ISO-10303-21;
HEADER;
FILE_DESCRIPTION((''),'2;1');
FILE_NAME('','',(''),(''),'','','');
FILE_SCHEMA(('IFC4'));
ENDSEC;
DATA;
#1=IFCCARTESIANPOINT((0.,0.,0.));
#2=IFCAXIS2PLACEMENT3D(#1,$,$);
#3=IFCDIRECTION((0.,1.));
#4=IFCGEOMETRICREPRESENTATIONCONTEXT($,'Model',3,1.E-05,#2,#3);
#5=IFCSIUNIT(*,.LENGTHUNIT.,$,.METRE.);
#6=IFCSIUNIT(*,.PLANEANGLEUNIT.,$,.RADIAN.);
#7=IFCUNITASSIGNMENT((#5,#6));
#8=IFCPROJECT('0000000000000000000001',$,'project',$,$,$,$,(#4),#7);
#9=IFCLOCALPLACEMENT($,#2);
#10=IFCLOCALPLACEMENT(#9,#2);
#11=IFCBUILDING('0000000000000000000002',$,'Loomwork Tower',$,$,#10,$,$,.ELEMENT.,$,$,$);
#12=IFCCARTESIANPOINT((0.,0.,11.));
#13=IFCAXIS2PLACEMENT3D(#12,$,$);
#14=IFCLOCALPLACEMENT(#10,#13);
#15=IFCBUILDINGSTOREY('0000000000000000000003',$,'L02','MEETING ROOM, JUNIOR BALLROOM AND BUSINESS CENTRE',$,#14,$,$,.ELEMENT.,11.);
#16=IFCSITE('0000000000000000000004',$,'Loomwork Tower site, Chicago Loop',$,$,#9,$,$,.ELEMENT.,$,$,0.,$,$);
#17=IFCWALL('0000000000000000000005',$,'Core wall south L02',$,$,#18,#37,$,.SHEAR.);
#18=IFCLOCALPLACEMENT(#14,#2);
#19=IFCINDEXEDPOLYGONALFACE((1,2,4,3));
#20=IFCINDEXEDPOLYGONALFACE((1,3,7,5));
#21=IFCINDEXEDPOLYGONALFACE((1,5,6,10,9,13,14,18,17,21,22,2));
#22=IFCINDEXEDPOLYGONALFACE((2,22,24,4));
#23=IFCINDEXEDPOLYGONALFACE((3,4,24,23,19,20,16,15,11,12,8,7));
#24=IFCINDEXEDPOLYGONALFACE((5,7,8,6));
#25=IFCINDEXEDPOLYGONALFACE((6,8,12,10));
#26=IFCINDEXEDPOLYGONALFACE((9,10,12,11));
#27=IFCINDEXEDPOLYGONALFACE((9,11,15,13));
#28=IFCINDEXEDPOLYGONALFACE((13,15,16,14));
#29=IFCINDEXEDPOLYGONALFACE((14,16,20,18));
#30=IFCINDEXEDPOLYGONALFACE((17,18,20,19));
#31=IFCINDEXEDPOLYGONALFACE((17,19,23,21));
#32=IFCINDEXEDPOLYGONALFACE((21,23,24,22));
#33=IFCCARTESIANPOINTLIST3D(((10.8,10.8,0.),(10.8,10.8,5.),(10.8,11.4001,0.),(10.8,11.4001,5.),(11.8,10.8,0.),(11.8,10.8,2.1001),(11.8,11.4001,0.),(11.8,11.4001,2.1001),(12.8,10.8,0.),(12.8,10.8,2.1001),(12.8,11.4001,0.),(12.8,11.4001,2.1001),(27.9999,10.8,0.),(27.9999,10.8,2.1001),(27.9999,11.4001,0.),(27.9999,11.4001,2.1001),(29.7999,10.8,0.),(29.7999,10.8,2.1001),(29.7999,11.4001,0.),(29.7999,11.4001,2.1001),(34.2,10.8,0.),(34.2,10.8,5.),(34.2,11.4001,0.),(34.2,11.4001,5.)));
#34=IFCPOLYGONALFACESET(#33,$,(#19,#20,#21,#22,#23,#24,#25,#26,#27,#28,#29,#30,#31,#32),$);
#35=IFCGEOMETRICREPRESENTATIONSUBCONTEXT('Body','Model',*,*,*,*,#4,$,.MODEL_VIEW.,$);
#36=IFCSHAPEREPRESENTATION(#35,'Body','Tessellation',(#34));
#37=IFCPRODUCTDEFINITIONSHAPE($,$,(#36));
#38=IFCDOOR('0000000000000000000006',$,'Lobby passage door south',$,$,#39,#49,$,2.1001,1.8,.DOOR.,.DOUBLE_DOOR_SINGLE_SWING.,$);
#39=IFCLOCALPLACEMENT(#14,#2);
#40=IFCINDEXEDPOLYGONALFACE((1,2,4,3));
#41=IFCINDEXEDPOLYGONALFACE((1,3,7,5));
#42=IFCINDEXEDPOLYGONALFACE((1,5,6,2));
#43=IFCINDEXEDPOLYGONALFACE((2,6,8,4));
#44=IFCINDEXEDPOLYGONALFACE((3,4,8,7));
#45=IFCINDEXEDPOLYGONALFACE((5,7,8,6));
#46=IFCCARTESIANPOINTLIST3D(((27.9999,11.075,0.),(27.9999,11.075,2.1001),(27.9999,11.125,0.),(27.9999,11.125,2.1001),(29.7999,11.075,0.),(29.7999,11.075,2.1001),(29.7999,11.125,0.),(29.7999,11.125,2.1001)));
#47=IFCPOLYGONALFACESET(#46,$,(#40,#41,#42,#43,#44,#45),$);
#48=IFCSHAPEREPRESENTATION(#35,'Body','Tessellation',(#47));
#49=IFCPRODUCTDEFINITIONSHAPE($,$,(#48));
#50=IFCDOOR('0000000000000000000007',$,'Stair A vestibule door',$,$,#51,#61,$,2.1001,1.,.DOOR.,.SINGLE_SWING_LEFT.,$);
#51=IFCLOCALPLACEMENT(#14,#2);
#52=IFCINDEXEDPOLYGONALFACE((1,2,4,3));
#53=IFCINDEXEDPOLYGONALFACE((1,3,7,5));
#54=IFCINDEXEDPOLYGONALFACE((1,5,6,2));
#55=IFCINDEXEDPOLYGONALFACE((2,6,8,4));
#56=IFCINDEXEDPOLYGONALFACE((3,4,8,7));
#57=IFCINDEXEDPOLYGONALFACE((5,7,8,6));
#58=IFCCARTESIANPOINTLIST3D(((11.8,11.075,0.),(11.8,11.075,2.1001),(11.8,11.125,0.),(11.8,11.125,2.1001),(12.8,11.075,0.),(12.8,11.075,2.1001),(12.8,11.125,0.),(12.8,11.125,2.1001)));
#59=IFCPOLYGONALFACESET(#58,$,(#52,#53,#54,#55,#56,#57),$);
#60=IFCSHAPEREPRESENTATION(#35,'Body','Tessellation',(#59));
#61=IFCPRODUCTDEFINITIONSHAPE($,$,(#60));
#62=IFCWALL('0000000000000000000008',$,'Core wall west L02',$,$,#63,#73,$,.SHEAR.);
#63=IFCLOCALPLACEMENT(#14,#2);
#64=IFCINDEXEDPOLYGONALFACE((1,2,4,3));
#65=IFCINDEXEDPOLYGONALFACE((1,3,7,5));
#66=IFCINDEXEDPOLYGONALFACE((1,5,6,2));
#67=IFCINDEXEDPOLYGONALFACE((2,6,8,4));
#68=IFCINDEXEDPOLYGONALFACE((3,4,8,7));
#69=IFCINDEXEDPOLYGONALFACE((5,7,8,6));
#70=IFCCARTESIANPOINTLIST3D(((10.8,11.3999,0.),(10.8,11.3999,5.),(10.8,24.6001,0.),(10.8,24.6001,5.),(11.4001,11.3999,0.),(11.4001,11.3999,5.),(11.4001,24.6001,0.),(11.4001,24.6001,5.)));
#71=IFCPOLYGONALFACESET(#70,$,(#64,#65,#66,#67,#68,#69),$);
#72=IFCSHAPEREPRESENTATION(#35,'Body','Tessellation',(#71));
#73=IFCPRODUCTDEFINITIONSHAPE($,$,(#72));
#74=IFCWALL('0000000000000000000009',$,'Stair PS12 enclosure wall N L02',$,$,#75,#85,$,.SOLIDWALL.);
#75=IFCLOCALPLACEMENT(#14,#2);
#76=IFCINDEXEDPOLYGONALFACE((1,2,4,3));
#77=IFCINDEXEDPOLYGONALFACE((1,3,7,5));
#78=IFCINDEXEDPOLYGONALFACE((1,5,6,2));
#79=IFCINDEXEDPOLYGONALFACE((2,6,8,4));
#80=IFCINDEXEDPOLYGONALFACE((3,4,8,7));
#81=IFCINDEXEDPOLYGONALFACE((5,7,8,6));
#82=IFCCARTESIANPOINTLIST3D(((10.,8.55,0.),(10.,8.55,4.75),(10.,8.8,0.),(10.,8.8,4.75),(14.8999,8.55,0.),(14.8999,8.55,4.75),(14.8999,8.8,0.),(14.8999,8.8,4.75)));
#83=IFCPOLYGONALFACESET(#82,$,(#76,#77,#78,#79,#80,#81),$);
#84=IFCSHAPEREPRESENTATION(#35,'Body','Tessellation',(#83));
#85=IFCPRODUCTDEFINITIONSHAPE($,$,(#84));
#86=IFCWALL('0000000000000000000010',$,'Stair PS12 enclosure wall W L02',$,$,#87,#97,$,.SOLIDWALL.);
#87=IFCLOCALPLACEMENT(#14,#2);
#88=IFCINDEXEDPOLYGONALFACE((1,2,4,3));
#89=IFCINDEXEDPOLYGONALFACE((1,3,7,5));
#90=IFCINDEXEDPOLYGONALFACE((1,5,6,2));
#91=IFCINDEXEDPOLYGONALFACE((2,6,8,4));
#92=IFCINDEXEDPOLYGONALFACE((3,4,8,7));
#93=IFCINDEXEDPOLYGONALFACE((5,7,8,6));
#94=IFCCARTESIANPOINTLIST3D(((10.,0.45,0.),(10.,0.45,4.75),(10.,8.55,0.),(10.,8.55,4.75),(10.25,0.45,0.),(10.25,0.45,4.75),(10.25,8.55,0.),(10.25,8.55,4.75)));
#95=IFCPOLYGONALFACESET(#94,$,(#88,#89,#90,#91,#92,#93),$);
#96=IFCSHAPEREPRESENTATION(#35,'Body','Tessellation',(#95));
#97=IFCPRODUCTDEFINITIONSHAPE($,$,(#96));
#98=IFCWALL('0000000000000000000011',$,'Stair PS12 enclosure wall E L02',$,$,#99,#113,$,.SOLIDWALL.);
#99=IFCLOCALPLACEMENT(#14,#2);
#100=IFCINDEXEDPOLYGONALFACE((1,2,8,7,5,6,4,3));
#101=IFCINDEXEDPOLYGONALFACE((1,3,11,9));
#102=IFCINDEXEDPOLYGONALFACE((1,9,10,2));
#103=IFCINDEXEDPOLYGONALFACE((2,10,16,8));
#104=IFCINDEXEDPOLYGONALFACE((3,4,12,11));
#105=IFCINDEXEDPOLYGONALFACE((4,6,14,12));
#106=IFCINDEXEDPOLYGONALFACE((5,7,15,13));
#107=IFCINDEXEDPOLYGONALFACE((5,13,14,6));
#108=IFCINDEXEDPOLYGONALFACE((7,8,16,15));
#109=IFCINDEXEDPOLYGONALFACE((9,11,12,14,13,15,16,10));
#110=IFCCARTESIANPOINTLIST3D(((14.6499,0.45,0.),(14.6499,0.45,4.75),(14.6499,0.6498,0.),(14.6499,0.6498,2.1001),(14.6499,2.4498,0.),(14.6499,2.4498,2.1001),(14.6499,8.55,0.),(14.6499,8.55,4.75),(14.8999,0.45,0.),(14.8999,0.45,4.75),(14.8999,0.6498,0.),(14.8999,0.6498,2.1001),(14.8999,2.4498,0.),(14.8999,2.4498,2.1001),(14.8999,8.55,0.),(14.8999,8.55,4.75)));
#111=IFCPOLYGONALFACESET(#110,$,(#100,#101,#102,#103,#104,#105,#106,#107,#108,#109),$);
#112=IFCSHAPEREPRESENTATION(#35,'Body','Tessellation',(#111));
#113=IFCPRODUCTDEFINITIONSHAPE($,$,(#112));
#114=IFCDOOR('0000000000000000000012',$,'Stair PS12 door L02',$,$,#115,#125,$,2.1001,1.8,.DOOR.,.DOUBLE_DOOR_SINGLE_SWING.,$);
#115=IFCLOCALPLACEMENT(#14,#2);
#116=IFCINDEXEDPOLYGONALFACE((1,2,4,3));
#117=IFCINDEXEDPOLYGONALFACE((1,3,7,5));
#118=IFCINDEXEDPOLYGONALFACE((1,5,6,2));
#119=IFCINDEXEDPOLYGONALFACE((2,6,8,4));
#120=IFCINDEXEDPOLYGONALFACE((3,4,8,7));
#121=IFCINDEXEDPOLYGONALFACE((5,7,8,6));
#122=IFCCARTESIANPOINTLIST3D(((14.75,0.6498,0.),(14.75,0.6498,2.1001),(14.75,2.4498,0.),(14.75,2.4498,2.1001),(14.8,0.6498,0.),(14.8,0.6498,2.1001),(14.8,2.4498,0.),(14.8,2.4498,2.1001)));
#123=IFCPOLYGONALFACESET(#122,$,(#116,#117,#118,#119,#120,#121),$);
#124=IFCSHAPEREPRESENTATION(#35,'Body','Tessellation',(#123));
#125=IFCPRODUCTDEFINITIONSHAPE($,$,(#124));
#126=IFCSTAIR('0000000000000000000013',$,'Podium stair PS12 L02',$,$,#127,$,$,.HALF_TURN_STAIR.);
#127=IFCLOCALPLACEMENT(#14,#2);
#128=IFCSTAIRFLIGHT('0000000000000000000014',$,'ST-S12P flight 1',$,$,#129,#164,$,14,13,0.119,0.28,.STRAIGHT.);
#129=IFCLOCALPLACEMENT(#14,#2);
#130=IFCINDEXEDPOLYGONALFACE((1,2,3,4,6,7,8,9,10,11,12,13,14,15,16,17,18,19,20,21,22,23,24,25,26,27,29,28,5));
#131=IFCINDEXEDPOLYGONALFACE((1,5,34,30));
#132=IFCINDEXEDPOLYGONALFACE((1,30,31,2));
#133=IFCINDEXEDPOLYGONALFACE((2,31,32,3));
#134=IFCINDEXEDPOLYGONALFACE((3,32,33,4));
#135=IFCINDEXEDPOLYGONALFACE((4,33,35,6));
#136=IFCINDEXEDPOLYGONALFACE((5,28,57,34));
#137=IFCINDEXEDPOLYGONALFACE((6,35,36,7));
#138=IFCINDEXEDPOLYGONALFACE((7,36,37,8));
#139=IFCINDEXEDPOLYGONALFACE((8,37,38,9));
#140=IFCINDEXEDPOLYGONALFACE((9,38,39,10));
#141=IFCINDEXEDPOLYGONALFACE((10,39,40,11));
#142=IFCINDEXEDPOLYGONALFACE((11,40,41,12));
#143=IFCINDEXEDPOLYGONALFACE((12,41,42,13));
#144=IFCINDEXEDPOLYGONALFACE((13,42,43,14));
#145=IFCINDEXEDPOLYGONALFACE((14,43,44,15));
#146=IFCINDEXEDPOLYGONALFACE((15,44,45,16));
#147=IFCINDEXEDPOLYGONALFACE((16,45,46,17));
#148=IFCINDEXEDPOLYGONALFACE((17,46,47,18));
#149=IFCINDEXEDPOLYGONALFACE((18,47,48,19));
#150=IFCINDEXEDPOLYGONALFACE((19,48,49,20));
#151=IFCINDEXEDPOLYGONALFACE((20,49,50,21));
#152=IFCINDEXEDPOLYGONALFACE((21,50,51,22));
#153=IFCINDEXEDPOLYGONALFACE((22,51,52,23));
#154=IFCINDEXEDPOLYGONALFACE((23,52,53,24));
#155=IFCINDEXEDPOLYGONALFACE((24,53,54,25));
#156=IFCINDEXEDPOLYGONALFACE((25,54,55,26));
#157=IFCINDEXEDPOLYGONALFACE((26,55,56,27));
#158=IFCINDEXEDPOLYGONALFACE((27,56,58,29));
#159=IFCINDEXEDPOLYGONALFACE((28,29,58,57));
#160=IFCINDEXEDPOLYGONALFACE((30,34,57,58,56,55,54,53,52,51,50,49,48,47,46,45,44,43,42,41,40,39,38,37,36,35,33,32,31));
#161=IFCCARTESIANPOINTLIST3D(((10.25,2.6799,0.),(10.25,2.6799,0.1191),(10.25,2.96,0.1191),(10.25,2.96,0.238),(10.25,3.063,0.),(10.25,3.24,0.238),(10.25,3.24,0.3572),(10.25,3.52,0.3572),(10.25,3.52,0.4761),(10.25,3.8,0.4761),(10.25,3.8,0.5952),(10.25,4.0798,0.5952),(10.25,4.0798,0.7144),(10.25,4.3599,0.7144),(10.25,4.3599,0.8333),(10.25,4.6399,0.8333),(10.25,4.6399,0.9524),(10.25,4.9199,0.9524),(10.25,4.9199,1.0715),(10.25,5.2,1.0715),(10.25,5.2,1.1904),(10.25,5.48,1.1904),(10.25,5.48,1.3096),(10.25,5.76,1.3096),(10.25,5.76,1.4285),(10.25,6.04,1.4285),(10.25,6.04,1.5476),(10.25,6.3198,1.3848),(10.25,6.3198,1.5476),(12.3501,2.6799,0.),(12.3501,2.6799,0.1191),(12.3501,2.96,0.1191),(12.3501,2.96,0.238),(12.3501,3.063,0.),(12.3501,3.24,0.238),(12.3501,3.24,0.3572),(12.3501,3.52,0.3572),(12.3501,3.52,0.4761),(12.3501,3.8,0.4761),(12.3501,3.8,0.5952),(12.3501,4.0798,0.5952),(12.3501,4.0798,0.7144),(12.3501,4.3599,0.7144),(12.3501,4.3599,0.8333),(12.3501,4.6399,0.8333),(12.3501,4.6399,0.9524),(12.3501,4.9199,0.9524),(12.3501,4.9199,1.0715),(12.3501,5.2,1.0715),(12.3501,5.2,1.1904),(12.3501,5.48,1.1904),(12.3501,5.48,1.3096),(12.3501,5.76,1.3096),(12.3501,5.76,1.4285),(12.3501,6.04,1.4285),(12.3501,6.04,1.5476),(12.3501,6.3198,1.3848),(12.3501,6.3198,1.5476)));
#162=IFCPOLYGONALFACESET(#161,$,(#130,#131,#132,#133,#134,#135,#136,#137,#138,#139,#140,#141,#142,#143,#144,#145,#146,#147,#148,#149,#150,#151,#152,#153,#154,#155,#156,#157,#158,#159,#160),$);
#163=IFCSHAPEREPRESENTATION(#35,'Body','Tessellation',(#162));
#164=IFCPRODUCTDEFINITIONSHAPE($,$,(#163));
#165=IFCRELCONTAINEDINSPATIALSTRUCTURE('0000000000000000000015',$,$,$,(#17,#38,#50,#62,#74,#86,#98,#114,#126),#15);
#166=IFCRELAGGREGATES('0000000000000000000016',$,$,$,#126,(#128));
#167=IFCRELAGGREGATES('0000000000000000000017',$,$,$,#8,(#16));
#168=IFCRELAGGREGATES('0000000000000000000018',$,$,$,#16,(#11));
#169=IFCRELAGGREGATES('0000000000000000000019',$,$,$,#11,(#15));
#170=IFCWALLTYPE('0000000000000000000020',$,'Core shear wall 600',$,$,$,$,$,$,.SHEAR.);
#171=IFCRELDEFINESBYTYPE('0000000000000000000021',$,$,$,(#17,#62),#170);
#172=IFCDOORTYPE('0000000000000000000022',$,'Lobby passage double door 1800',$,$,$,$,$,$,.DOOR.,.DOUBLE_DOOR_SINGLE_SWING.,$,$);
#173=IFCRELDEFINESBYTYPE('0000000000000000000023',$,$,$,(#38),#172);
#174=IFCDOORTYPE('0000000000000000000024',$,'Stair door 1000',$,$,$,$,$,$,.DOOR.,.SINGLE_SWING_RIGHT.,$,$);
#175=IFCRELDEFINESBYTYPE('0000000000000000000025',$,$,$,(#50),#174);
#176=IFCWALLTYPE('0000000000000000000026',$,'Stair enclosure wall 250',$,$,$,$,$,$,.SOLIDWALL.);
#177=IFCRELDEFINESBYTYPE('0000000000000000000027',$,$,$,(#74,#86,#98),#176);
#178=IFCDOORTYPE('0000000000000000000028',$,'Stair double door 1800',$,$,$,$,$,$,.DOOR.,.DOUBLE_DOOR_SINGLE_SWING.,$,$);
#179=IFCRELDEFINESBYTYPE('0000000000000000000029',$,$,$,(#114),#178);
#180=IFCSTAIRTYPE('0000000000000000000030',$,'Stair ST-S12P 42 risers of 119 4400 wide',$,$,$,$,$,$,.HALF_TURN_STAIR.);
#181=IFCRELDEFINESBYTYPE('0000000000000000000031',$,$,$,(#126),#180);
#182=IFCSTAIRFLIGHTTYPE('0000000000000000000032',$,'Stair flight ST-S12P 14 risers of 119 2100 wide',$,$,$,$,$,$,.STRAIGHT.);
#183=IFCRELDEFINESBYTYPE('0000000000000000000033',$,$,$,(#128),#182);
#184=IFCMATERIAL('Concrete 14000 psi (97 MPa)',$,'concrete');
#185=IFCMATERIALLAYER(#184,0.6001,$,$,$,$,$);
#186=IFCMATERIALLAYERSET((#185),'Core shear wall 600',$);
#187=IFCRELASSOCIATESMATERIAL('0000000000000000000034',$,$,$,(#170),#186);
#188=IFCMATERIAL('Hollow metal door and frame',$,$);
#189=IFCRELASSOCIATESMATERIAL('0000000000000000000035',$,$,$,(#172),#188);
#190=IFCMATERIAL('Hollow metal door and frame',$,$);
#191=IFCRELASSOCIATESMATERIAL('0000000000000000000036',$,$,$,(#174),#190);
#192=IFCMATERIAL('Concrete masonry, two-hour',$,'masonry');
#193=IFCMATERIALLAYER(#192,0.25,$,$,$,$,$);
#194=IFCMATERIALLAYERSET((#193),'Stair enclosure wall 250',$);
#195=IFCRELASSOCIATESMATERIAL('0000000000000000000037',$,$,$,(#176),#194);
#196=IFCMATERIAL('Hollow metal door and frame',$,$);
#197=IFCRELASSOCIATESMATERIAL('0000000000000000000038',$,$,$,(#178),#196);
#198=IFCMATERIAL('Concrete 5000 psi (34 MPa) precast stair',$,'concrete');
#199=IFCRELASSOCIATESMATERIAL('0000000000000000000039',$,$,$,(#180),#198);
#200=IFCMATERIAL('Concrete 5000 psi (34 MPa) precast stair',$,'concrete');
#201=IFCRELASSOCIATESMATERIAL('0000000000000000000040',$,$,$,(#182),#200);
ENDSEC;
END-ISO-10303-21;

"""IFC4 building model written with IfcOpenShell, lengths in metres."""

from ifc_helpers import new_model, si_unit, direction, frame, frame_2d, origin, place, context, subcontext, project, spatial, polyline, rectangle, outline, extrude, material, layer, layer_set, type_object, element, fill, aggregate, save


model = new_model("IFC4")

# Units and contexts
model_context = context("Model", 3, precision=1e-05, world=origin(), true_north=direction((0.0, 1.0)))
body_context = subcontext(model_context, "Body", "Model", "MODEL_VIEW")
ifc_project = project(units=[si_unit("LENGTHUNIT", "METRE"), si_unit("PLANEANGLEUNIT", "RADIAN")], contexts=[model_context])

# Site, building, storey
site_placement = place(None, origin())
site = spatial("IfcSite", under=ifc_project, at=site_placement, Name="Loomwork Tower site, Chicago Loop", CompositionType="ELEMENT", RefElevation=0.0)
building_placement = place(site_placement, origin())
building = spatial("IfcBuilding", under=site, at=building_placement, Name="Loomwork Tower", CompositionType="ELEMENT")
storey_placement = place(building_placement, frame((0.0, 0.0, 11.0)))
storey = spatial("IfcBuildingStorey", under=building, at=storey_placement, Name="L02", Description="MEETING ROOM, JUNIOR BALLROOM AND BUSINESS CENTRE", CompositionType="ELEMENT", Elevation=11.0)

# Wall, openings, doors
ifc_material_1 = material(Name="Concrete 14000 psi (97 MPa)", Category="concrete")
ifc_layer_1 = layer(ifc_material_1, 0.6001)
ifc_layer_set_1 = layer_set([ifc_layer_1], Name="Core shear wall 600")
wall_type_1 = type_object("IfcWallType", Name="Core shear wall 600", PredefinedType="SHEAR", material=ifc_layer_set_1)
wall_1_placement = place(storey_placement, frame((10.8, 11.1001, 0.0), z_axis=(0.0, 0.0, 1.0), x_axis=(1.0, 0.0, 0.0)))
wall_1 = element("IfcWall", 1, at=wall_1_placement, inside=storey, type_object=wall_type_1, Name="Core wall south L02", PredefinedType="SHEAR", context=body_context, shape_type="SweptSolid", body=[
    extrude(rectangle(XDim=23.3999, YDim=0.6001, at=frame_2d((11.7, 0.0))), origin(), (0.0, 0.0, 1.0), 5.0),
])
opening_1_placement = place(wall_1_placement, frame((1.0, 0.0, 0.0)))
opening_1 = element("IfcOpeningElement", 2, at=opening_1_placement, cuts=wall_1, PredefinedType="OPENING", context=body_context, shape_type="SweptSolid", body=[
    extrude(rectangle(XDim=1.0, YDim=2.1001, at=frame_2d((0.5, 1.05))), frame((0.0, 0.3101, 0.0), z_axis=(0.0, -1.0, 0.0), x_axis=(1.0, 0.0, 0.0)), (0.0, 0.0, 1.0), 0.6201),
])
opening_2_placement = place(wall_1_placement, frame((17.2, 0.0, 0.0)))
opening_2 = element("IfcOpeningElement", 3, at=opening_2_placement, cuts=wall_1, PredefinedType="OPENING", context=body_context, shape_type="SweptSolid", body=[
    extrude(rectangle(XDim=1.8, YDim=2.1001, at=frame_2d((0.8999, 1.05))), frame((0.0, 0.3101, 0.0), z_axis=(0.0, -1.0, 0.0), x_axis=(1.0, 0.0, 0.0)), (0.0, 0.0, 1.0), 0.6201),
])
ifc_material_2 = material(Name="Hollow metal door and frame")
door_type_1 = type_object("IfcDoorType", Name="Lobby passage double door 1800", OperationType="DOUBLE_DOOR_SINGLE_SWING", PredefinedType="DOOR", material=ifc_material_2)
door_1_placement = place(opening_2_placement, origin())
door_1 = element("IfcDoor", 4, at=door_1_placement, inside=storey, type_object=door_type_1, Name="Lobby passage door south", OperationType="DOUBLE_DOOR_SINGLE_SWING", OverallHeight=2.1001, OverallWidth=1.8, PredefinedType="DOOR", context=body_context, shape_type="SweptSolid", body=[
    extrude(rectangle(XDim=1.8, YDim=2.1001, at=frame_2d((0.8999, 1.05))), frame((0.0, 0.0249, 0.0), z_axis=(0.0, -1.0, 0.0), x_axis=(1.0, 0.0, 0.0)), (0.0, 0.0, 1.0), 0.05),
])
fill(opening_2, door_1)
ifc_material_3 = material(Name="Hollow metal door and frame")
door_type_2 = type_object("IfcDoorType", Name="Stair door 1000", OperationType="SINGLE_SWING_RIGHT", PredefinedType="DOOR", material=ifc_material_3)
door_2_placement = place(opening_1_placement, origin())
door_2 = element("IfcDoor", 5, at=door_2_placement, inside=storey, type_object=door_type_2, Name="Stair A vestibule door", OperationType="SINGLE_SWING_LEFT", OverallHeight=2.1001, OverallWidth=1.0, PredefinedType="DOOR", context=body_context, shape_type="SweptSolid", body=[
    extrude(rectangle(XDim=1.0, YDim=2.1001, at=frame_2d((0.5, 1.05))), frame((0.0, 0.0249, 0.0), z_axis=(0.0, -1.0, 0.0), x_axis=(1.0, 0.0, 0.0)), (0.0, 0.0, 1.0), 0.05),
])
fill(opening_1, door_2)

# Walls
wall_2_placement = place(storey_placement, frame((11.1001, 11.3999, 0.0), z_axis=(0.0, 0.0, 1.0), x_axis=(0.0, 1.0, 0.0)))
element("IfcWall", 6, at=wall_2_placement, inside=storey, type_object=wall_type_1, Name="Core wall west L02", PredefinedType="SHEAR", context=body_context, shape_type="SweptSolid", body=[
    extrude(rectangle(XDim=13.2002, YDim=0.6001, at=frame_2d((6.6001, 0.0))), origin(), (0.0, 0.0, 1.0), 5.0),
])
ifc_material_4 = material(Name="Concrete masonry, two-hour", Category="masonry")
ifc_layer_2 = layer(ifc_material_4, 0.25)
ifc_layer_set_2 = layer_set([ifc_layer_2], Name="Stair enclosure wall 250")
wall_type_2 = type_object("IfcWallType", Name="Stair enclosure wall 250", PredefinedType="SOLIDWALL", material=ifc_layer_set_2)
wall_3_placement = place(storey_placement, frame((10.0, 8.675, 0.0), z_axis=(0.0, 0.0, 1.0), x_axis=(1.0, 0.0, 0.0)))
element("IfcWall", 7, at=wall_3_placement, inside=storey, type_object=wall_type_2, Name="Stair PS12 enclosure wall N L02", PredefinedType="SOLIDWALL", context=body_context, shape_type="SweptSolid", body=[
    extrude(rectangle(XDim=4.8999, YDim=0.25, at=frame_2d((2.45, 0.0))), origin(), (0.0, 0.0, 1.0), 4.75),
])
wall_4_placement = place(storey_placement, frame((10.125, 0.45, 0.0), z_axis=(0.0, 0.0, 1.0), x_axis=(0.0, 1.0, 0.0)))
element("IfcWall", 8, at=wall_4_placement, inside=storey, type_object=wall_type_2, Name="Stair PS12 enclosure wall W L02", PredefinedType="SOLIDWALL", context=body_context, shape_type="SweptSolid", body=[
    extrude(rectangle(XDim=8.1001, YDim=0.25, at=frame_2d((4.05, 0.0))), origin(), (0.0, 0.0, 1.0), 4.75),
])

# Wall, opening, door
wall_5_placement = place(storey_placement, frame((14.7749, 0.45, 0.0), z_axis=(0.0, 0.0, 1.0), x_axis=(0.0, 1.0, 0.0)))
wall_5 = element("IfcWall", 9, at=wall_5_placement, inside=storey, type_object=wall_type_2, Name="Stair PS12 enclosure wall E L02", PredefinedType="SOLIDWALL", context=body_context, shape_type="SweptSolid", body=[
    extrude(rectangle(XDim=8.1001, YDim=0.25, at=frame_2d((4.05, 0.0))), origin(), (0.0, 0.0, 1.0), 4.75),
])
opening_3_placement = place(wall_5_placement, frame((0.2, 0.0, 0.0)))
opening_3 = element("IfcOpeningElement", 10, at=opening_3_placement, cuts=wall_5, PredefinedType="OPENING", context=body_context, shape_type="SweptSolid", body=[
    extrude(rectangle(XDim=1.8, YDim=2.1001, at=frame_2d((0.8999, 1.05))), frame((0.0, 0.135, 0.0), z_axis=(0.0, -1.0, 0.0), x_axis=(1.0, 0.0, 0.0)), (0.0, 0.0, 1.0), 0.27),
])
ifc_material_5 = material(Name="Hollow metal door and frame")
door_type_3 = type_object("IfcDoorType", Name="Stair double door 1800", OperationType="DOUBLE_DOOR_SINGLE_SWING", PredefinedType="DOOR", material=ifc_material_5)
door_3_placement = place(opening_3_placement, origin())
door_3 = element("IfcDoor", 11, at=door_3_placement, inside=storey, type_object=door_type_3, Name="Stair PS12 door L02", OperationType="DOUBLE_DOOR_SINGLE_SWING", OverallHeight=2.1001, OverallWidth=1.8, PredefinedType="DOOR", context=body_context, shape_type="SweptSolid", body=[
    extrude(rectangle(XDim=1.8, YDim=2.1001, at=frame_2d((0.8999, 1.05))), frame((0.0, 0.0249, 0.0), z_axis=(0.0, -1.0, 0.0), x_axis=(1.0, 0.0, 0.0)), (0.0, 0.0, 1.0), 0.05),
])
fill(opening_3, door_3)

# Stair, stair flight
ifc_material_6 = material(Name="Concrete 5000 psi (34 MPa) precast stair", Category="concrete")
stair_type = type_object("IfcStairType", Name="Stair ST-S12P 42 risers of 119 4400 wide", PredefinedType="HALF_TURN_STAIR", material=ifc_material_6)
stair_placement = place(storey_placement, origin())
stair = element("IfcStair", 12, at=stair_placement, inside=storey, type_object=stair_type, Name="Podium stair PS12 L02", PredefinedType="HALF_TURN_STAIR")
ifc_material_7 = material(Name="Concrete 5000 psi (34 MPa) precast stair", Category="concrete")
stair_flight_type = type_object("IfcStairFlightType", Name="Stair flight ST-S12P 14 risers of 119 2100 wide", PredefinedType="STRAIGHT", material=ifc_material_7)
stair_flight_1_placement = place(storey_placement, frame((11.3, 2.6799, 0.0), z_axis=(0.0, 0.0, 1.0), x_axis=(0.0, 1.0, 0.0)))
stair_flight_1 = element("IfcStairFlight", 13, at=stair_flight_1_placement, type_object=stair_flight_type, Name="ST-S12P flight 1", NumberOfRisers=14, NumberOfTreads=13, PredefinedType="STRAIGHT", RiserHeight=0.119, TreadLength=0.28, context=body_context, shape_type="SweptSolid", body=[
    extrude(outline(polyline([(0.0, 0.0), (0.0, 0.1191), (0.28, 0.1191), (0.28, 0.238), (0.5601, 0.238), (0.5601, 0.3572), (0.8401, 0.3572), (0.8401, 0.4761), (1.1201, 0.4761), (1.1201, 0.5952), (1.3999, 0.5952), (1.3999, 0.7144), (1.6799, 0.7144), (1.6799, 0.8333), (1.96, 0.8333), (1.96, 0.9524), (2.24, 0.9524), (2.24, 1.0715), (2.52, 1.0715), (2.52, 1.1904), (2.8, 1.1904), (2.8, 1.3096), (3.0801, 1.3096), (3.0801, 1.4285), (3.3601, 1.4285), (3.3601, 1.5476), (3.6399, 1.5476), (3.6399, 1.6667), (3.6399, 1.3848), (0.3831, 0.0), (0.0, 0.0)])), frame((0.0, 1.05, 0.0), z_axis=(0.0, -1.0, 0.0), x_axis=(1.0, 0.0, 0.0)), (0.0, 0.0, 1.0), 2.1001),
])
aggregate(stair, [stair_flight_1])

save(model, "model.ifc")
